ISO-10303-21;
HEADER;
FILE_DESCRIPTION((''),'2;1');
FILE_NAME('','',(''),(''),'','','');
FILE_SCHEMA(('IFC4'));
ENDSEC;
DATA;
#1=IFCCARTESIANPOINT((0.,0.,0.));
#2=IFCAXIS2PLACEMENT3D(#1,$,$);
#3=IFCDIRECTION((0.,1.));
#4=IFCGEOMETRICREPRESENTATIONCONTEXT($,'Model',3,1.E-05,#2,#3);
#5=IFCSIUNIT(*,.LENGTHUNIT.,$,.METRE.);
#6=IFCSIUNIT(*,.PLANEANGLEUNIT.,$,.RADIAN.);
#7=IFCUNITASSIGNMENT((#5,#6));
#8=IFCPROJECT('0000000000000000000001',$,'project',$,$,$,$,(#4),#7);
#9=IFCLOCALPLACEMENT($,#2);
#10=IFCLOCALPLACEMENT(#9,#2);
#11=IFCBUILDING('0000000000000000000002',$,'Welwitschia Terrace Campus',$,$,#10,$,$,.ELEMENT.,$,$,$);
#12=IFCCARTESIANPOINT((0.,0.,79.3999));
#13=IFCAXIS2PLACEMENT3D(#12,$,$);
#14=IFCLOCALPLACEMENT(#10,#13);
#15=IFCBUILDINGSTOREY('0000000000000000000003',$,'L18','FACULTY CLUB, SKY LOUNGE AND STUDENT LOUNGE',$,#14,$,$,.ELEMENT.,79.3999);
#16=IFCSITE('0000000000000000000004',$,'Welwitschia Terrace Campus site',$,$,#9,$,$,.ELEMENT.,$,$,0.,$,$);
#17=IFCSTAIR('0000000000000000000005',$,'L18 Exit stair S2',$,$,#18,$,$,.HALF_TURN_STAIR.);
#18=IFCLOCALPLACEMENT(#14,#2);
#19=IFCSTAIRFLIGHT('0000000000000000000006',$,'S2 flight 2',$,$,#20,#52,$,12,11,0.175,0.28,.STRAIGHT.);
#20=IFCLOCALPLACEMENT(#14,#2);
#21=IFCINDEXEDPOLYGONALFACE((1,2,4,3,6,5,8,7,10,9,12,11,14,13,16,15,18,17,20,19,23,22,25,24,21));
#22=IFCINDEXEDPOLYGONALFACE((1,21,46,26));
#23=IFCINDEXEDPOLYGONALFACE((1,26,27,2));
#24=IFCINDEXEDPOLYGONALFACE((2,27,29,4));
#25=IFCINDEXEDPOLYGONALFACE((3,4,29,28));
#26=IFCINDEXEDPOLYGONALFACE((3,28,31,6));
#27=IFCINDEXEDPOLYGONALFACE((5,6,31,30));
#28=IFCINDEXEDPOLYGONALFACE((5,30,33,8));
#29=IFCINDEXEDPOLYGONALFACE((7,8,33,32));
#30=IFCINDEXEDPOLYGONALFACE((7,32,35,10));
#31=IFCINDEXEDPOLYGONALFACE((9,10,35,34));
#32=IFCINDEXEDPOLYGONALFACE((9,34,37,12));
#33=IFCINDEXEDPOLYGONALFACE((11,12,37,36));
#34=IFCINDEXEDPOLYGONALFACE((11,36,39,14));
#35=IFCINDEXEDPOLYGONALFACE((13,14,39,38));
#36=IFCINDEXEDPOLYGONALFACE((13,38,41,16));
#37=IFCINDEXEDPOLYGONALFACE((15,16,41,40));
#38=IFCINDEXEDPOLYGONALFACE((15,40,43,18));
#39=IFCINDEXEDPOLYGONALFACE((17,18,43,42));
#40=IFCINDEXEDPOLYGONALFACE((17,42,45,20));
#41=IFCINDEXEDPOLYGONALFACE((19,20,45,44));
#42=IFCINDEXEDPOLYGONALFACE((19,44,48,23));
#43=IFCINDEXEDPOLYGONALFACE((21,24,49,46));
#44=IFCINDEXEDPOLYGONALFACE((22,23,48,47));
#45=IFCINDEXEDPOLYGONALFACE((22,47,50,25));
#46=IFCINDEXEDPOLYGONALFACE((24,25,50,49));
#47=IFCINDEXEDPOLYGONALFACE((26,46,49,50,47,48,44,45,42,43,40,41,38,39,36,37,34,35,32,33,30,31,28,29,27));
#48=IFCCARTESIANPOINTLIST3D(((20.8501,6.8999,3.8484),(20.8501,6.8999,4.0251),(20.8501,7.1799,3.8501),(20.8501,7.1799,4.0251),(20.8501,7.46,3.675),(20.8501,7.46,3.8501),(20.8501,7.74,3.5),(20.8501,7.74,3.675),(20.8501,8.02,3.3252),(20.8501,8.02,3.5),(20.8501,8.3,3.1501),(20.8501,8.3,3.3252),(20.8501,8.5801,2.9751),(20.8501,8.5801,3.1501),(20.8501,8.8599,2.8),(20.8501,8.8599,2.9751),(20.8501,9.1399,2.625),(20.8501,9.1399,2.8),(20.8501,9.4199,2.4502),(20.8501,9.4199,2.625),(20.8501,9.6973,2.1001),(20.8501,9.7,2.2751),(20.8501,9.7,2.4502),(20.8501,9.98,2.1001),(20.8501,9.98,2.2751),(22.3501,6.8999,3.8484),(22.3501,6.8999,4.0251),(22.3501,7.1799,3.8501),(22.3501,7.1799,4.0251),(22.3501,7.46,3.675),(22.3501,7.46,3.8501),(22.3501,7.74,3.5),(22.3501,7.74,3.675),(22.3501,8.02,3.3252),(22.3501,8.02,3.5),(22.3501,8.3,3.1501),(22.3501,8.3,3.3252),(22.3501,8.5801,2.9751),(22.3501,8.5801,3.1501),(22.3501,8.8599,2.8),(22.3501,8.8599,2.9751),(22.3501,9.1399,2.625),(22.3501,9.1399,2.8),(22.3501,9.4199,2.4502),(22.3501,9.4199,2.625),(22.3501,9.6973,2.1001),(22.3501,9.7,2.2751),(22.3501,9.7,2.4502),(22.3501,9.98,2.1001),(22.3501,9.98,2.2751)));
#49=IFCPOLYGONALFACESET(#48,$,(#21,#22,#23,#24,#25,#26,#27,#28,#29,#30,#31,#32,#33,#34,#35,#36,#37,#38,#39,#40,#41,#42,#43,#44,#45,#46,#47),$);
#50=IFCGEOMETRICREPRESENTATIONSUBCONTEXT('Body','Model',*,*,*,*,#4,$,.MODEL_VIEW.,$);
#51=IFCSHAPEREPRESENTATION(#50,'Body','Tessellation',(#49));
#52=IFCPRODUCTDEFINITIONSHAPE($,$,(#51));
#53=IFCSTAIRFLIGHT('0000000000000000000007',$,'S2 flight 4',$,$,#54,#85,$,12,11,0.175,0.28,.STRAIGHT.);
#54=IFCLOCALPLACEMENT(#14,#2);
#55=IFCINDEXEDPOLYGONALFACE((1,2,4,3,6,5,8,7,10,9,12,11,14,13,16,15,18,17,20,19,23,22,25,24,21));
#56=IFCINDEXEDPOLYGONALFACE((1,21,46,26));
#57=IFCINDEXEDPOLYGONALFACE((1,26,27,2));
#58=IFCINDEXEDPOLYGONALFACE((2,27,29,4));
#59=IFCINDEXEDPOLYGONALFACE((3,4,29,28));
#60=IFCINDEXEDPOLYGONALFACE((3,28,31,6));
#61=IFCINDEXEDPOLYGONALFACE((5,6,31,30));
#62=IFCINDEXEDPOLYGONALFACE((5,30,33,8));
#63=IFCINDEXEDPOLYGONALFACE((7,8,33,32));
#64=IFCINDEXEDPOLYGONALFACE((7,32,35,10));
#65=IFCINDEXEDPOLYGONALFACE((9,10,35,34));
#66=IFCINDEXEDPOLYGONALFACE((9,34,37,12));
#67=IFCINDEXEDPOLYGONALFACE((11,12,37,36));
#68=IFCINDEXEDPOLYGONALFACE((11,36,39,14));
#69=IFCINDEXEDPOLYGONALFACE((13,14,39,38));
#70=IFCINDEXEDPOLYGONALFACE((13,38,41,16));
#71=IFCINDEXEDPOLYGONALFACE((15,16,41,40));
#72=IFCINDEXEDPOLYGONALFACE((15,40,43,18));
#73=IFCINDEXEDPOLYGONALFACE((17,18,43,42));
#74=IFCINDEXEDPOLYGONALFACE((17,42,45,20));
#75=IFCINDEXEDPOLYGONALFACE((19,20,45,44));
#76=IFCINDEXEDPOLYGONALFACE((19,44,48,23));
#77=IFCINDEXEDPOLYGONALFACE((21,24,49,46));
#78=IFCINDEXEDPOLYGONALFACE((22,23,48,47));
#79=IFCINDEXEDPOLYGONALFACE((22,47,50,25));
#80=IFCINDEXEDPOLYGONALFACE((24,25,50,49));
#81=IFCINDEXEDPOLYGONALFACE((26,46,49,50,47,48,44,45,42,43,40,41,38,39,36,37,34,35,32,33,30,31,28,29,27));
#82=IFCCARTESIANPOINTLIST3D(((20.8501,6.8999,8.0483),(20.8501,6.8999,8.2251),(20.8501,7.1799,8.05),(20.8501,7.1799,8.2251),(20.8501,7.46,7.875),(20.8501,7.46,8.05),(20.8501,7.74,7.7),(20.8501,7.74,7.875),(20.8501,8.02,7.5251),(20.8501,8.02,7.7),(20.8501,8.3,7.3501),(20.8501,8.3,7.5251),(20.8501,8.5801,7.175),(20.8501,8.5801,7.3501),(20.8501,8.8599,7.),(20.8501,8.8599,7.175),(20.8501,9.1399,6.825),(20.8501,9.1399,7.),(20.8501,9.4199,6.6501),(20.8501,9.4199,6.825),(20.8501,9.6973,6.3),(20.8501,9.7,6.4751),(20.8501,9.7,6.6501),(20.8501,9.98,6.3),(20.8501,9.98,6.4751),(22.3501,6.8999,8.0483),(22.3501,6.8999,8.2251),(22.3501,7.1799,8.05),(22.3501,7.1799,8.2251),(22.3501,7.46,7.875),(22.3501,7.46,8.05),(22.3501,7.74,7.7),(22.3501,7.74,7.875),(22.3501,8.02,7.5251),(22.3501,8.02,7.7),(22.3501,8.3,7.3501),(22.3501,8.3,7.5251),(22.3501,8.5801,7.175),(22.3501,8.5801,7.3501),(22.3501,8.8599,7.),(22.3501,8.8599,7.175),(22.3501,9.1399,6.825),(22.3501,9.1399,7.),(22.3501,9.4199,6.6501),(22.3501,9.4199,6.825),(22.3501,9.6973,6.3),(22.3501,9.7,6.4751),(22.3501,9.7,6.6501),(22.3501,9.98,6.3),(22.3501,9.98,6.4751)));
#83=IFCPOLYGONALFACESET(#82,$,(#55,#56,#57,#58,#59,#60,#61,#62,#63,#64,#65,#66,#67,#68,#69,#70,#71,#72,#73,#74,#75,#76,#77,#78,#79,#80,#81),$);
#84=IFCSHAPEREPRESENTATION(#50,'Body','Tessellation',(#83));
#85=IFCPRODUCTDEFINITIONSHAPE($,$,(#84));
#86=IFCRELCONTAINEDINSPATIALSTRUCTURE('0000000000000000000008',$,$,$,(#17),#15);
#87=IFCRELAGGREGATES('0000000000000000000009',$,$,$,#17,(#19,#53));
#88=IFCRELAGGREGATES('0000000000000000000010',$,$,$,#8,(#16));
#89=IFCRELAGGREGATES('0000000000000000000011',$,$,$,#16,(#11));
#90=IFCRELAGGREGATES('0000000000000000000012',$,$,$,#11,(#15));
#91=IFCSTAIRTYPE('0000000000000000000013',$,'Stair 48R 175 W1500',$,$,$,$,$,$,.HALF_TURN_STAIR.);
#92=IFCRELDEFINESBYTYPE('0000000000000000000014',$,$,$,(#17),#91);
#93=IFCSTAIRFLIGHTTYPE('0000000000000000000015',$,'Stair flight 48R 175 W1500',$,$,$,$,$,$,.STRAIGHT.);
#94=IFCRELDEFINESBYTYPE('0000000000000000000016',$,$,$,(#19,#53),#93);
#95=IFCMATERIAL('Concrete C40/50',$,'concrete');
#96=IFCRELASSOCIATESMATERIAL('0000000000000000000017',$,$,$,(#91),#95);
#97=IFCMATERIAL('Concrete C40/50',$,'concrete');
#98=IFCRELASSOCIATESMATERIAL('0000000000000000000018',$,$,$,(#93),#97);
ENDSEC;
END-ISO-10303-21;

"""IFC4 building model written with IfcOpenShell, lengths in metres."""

from ifc_helpers import new_model, si_unit, direction, frame, origin, place, context, subcontext, project, spatial, polyline, outline, extrude, material, type_object, element, aggregate, save


model = new_model("IFC4")

# Units and contexts
model_context = context("Model", 3, precision=1e-05, world=origin(), true_north=direction((0.0, 1.0)))
body_context = subcontext(model_context, "Body", "Model", "MODEL_VIEW")
ifc_project = project(units=[si_unit("LENGTHUNIT", "METRE"), si_unit("PLANEANGLEUNIT", "RADIAN")], contexts=[model_context])

# Site, building, storey
site_placement = place(None, origin())
site = spatial("IfcSite", under=ifc_project, at=site_placement, Name="Welwitschia Terrace Campus site", CompositionType="ELEMENT", RefElevation=0.0)
building_placement = place(site_placement, origin())
building = spatial("IfcBuilding", under=site, at=building_placement, Name="Welwitschia Terrace Campus", CompositionType="ELEMENT")
storey_placement = place(building_placement, frame((0.0, 0.0, 79.3999)))
storey = spatial("IfcBuildingStorey", under=building, at=storey_placement, Name="L18", Description="FACULTY CLUB, SKY LOUNGE AND STUDENT LOUNGE", CompositionType="ELEMENT", Elevation=79.3999)

# Stair, stair flights
ifc_material_1 = material(Name="Concrete C40/50", Category="concrete")
stair_type = type_object("IfcStairType", Name="Stair 48R 175 W1500", PredefinedType="HALF_TURN_STAIR", material=ifc_material_1)
stair_placement = place(storey_placement, origin())
stair = element("IfcStair", 1, at=stair_placement, inside=storey, type_object=stair_type, Name="L18 Exit stair S2", PredefinedType="HALF_TURN_STAIR")
ifc_material_2 = material(Name="Concrete C40/50", Category="concrete")
stair_flight_type = type_object("IfcStairFlightType", Name="Stair flight 48R 175 W1500", PredefinedType="STRAIGHT", material=ifc_material_2)
stair_flight_1_placement = place(storey_placement, frame((21.6001, 9.98, 2.1001), z_axis=(0.0, 0.0, 1.0), x_axis=(0.0, -1.0, 0.0)))
stair_flight_1 = element("IfcStairFlight", 2, at=stair_flight_1_placement, type_object=stair_flight_type, Name="S2 flight 2", NumberOfRisers=12, NumberOfTreads=11, PredefinedType="STRAIGHT", RiserHeight=0.175, TreadLength=0.28, context=body_context, shape_type="SweptSolid", body=[
    extrude(outline(polyline([(0.0, 0.0), (0.0, 0.175), (0.28, 0.175), (0.28, 0.3501), (0.5601, 0.3501), (0.5601, 0.5249), (0.8401, 0.5249), (0.8401, 0.7), (1.1201, 0.7), (1.1201, 0.875), (1.3999, 0.875), (1.3999, 1.05), (1.6799, 1.05), (1.6799, 1.2251), (1.96, 1.2251), (1.96, 1.3999), (2.24, 1.3999), (2.24, 1.575), (2.52, 1.575), (2.52, 1.75), (2.8, 1.75), (2.8, 1.925), (3.0801, 1.925), (3.0801, 2.1001), (3.0801, 1.7483), (0.2827, 0.0), (0.0, 0.0)])), frame((0.0, 0.75, 0.0), z_axis=(0.0, -1.0, 0.0), x_axis=(1.0, 0.0, 0.0)), (0.0, 0.0, 1.0), 1.5),
])
stair_flight_2_placement = place(storey_placement, frame((21.6001, 9.98, 6.3), z_axis=(0.0, 0.0, 1.0), x_axis=(0.0, -1.0, 0.0)))
stair_flight_2 = element("IfcStairFlight", 3, at=stair_flight_2_placement, type_object=stair_flight_type, Name="S2 flight 4", NumberOfRisers=12, NumberOfTreads=11, PredefinedType="STRAIGHT", RiserHeight=0.175, TreadLength=0.28, context=body_context, shape_type="SweptSolid", body=[
    extrude(outline(polyline([(0.0, 0.0), (0.0, 0.175), (0.28, 0.175), (0.28, 0.3501), (0.5601, 0.3501), (0.5601, 0.5249), (0.8401, 0.5249), (0.8401, 0.7), (1.1201, 0.7), (1.1201, 0.875), (1.3999, 0.875), (1.3999, 1.05), (1.6799, 1.05), (1.6799, 1.2251), (1.96, 1.2251), (1.96, 1.3999), (2.24, 1.3999), (2.24, 1.575), (2.52, 1.575), (2.52, 1.75), (2.8, 1.75), (2.8, 1.925), (3.0801, 1.925), (3.0801, 2.1001), (3.0801, 1.7483), (0.2827, 0.0), (0.0, 0.0)])), frame((0.0, 0.75, 0.0), z_axis=(0.0, -1.0, 0.0), x_axis=(1.0, 0.0, 0.0)), (0.0, 0.0, 1.0), 1.5),
])
aggregate(stair, [stair_flight_1, stair_flight_2])

save(model, "model.ifc")
